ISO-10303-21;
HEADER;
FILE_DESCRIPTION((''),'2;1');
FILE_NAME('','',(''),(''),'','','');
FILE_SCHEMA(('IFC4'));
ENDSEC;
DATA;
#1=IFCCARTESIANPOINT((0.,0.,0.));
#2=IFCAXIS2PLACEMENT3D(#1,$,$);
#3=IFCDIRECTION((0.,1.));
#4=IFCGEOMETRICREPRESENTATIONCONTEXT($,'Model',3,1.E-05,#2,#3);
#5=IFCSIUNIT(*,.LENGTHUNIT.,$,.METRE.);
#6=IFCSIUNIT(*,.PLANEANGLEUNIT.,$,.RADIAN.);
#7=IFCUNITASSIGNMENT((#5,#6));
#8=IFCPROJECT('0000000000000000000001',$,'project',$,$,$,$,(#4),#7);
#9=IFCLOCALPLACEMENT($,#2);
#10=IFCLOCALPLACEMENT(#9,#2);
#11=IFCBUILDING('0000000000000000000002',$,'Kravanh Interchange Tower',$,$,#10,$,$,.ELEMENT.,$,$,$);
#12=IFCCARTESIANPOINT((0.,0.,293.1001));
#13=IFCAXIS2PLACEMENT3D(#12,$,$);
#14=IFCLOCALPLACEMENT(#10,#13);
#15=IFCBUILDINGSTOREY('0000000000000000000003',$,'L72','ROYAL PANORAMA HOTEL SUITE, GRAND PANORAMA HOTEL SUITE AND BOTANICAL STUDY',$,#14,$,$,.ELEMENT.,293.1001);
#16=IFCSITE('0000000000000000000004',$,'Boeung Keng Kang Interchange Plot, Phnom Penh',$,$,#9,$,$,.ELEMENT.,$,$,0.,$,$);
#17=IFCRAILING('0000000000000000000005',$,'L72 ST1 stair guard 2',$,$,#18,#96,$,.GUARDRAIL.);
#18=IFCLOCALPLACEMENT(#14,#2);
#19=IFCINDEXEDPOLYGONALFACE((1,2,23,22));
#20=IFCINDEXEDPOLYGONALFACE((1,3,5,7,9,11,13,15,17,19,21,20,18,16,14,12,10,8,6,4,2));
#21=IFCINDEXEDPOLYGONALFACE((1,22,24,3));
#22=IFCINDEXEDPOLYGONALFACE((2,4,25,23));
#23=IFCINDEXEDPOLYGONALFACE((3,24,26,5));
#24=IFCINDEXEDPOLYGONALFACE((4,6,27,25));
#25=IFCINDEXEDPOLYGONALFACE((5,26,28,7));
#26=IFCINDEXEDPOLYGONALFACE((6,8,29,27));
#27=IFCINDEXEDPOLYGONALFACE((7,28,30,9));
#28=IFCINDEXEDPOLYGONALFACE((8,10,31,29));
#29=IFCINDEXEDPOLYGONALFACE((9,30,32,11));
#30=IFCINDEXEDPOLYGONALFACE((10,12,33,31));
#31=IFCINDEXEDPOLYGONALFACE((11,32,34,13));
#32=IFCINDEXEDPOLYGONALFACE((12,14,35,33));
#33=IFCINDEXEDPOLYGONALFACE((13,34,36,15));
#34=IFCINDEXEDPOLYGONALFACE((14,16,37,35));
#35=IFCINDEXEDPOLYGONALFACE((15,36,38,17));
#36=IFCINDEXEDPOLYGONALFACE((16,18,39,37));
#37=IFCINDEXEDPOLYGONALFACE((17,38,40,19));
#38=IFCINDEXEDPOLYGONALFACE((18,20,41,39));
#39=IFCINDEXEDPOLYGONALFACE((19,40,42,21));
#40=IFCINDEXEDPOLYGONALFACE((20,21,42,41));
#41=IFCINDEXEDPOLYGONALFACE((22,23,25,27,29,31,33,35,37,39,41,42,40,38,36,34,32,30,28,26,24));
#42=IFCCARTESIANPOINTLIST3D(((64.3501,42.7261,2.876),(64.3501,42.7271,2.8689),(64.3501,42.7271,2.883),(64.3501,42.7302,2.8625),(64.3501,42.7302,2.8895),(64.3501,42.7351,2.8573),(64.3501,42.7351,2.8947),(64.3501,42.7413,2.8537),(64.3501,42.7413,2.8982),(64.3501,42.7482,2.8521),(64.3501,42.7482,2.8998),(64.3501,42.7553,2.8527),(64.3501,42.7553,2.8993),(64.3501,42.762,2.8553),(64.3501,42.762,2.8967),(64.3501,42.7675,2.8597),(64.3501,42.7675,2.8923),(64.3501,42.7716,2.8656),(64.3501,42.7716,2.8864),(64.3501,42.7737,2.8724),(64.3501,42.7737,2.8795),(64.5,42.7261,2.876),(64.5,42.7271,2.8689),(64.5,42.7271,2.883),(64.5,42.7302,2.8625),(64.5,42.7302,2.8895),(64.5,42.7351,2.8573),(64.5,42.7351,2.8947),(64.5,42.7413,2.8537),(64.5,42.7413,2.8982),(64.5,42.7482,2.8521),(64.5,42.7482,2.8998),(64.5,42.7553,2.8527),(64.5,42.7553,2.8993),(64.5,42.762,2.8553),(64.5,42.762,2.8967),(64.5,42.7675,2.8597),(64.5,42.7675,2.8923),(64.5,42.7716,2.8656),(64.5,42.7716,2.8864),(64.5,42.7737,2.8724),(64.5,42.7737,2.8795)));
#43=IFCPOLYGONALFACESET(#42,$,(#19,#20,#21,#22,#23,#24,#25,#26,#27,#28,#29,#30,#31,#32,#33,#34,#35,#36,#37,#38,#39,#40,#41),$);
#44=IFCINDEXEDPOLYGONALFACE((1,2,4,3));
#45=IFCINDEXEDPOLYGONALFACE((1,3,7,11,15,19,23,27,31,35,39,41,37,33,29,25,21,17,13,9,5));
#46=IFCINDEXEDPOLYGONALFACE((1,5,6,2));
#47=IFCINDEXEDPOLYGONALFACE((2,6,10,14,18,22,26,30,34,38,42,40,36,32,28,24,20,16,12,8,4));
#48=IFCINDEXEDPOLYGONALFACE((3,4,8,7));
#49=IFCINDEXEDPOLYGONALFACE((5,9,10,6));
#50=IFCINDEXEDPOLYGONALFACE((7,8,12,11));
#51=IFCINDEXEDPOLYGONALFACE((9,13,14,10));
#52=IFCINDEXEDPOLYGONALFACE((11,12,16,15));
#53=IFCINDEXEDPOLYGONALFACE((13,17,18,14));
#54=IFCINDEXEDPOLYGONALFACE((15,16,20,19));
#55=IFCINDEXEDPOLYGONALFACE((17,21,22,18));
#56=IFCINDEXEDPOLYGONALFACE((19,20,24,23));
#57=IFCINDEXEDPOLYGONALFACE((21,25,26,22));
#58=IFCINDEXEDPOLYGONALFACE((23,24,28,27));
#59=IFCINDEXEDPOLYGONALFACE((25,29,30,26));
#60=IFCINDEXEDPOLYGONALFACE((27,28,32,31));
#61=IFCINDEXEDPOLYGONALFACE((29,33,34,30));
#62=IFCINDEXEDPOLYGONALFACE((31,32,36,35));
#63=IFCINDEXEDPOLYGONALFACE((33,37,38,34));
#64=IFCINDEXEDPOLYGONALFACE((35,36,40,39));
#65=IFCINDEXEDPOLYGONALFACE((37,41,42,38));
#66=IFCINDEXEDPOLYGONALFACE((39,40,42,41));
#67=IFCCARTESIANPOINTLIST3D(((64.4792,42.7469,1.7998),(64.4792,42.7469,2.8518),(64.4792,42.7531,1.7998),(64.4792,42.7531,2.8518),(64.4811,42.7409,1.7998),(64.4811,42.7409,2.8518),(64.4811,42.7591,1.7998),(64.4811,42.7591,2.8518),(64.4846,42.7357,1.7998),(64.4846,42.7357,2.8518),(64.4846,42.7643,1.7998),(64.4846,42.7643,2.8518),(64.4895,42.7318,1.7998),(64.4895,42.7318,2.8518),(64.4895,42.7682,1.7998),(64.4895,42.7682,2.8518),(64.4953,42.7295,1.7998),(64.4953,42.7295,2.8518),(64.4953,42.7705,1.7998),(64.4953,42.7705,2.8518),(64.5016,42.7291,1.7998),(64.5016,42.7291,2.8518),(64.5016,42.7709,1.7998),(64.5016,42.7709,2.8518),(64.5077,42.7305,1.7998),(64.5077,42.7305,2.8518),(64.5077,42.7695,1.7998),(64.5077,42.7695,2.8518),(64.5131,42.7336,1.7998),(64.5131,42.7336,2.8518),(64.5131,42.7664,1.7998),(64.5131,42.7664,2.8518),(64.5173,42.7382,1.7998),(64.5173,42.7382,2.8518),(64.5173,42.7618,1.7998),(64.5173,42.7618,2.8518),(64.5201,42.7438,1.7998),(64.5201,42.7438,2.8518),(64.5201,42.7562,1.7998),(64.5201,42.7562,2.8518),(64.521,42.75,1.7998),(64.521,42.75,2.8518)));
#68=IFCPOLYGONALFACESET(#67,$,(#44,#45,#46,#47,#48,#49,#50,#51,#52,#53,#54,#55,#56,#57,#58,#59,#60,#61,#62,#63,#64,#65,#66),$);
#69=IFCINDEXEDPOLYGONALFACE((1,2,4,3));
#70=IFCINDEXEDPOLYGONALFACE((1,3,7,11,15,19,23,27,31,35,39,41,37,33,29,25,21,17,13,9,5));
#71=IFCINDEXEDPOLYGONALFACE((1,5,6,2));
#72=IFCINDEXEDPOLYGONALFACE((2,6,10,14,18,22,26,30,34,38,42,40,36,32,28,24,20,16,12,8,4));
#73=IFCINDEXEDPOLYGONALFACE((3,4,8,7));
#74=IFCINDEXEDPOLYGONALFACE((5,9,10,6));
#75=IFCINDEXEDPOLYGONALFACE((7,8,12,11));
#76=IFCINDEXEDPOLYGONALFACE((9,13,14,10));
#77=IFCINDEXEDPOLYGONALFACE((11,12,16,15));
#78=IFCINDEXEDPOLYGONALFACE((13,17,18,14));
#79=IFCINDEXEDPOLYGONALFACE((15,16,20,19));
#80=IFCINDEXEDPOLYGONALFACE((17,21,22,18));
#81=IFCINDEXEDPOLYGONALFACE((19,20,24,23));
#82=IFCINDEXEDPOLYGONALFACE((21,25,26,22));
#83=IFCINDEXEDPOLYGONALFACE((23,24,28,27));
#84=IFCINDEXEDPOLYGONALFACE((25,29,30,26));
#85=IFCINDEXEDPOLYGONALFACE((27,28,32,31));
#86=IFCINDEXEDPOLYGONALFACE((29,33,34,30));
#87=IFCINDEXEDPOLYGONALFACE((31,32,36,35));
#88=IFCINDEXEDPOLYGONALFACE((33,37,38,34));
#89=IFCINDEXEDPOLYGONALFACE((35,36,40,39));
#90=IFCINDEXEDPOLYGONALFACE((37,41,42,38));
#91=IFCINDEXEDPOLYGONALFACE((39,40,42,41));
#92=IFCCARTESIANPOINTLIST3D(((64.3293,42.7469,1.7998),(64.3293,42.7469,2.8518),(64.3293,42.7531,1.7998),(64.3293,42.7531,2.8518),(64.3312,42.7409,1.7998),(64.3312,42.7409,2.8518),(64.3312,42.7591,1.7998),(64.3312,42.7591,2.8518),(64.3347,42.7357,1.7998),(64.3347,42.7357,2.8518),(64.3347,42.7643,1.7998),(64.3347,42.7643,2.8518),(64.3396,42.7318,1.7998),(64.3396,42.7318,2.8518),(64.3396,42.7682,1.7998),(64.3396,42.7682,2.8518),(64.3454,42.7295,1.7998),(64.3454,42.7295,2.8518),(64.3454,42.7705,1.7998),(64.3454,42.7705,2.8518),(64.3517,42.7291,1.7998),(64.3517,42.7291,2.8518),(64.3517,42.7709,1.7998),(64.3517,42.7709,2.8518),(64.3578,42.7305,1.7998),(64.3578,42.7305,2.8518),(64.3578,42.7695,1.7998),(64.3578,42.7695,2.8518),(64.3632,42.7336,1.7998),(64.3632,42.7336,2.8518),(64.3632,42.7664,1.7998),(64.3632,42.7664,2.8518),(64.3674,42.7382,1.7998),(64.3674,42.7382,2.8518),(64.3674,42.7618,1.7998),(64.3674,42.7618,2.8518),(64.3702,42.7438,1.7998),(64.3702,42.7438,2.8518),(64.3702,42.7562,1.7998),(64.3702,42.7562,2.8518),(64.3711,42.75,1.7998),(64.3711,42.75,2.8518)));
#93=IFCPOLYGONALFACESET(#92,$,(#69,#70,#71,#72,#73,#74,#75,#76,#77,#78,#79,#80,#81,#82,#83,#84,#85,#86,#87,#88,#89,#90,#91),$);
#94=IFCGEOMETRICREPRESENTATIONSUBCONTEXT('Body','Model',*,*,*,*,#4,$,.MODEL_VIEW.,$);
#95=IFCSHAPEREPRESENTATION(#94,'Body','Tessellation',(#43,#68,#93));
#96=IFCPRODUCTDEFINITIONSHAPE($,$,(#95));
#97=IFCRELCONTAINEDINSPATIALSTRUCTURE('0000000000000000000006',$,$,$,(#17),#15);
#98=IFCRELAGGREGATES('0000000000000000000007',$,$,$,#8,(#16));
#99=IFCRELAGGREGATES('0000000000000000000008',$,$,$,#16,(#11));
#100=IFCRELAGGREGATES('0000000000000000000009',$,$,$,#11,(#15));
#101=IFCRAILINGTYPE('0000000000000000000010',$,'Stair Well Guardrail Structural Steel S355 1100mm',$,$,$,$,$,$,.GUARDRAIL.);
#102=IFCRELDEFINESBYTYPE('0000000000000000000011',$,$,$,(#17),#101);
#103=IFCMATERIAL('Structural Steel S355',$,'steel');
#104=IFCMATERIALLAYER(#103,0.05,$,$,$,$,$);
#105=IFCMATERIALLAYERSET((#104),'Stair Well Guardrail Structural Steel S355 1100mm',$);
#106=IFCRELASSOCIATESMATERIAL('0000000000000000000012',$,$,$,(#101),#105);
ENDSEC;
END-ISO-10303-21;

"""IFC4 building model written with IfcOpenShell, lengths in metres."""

from ifc_helpers import new_model, si_unit, direction, frame, origin, origin_2d, place, context, subcontext, project, spatial, circle, extrude, material, layer, layer_set, type_object, element, save


model = new_model("IFC4")

# Units and contexts
model_context = context("Model", 3, precision=1e-05, world=origin(), true_north=direction((0.0, 1.0)))
body_context = subcontext(model_context, "Body", "Model", "MODEL_VIEW")
ifc_project = project(units=[si_unit("LENGTHUNIT", "METRE"), si_unit("PLANEANGLEUNIT", "RADIAN")], contexts=[model_context])

# Site, building, storey
site_placement = place(None, origin())
site = spatial("IfcSite", under=ifc_project, at=site_placement, Name="Boeung Keng Kang Interchange Plot, Phnom Penh", CompositionType="ELEMENT", RefElevation=0.0)
building_placement = place(site_placement, origin())
building = spatial("IfcBuilding", under=site, at=building_placement, Name="Kravanh Interchange Tower", CompositionType="ELEMENT")
storey_placement = place(building_placement, frame((0.0, 0.0, 293.1001)))
storey = spatial("IfcBuildingStorey", under=building, at=storey_placement, Name="L72", Description="ROYAL PANORAMA HOTEL SUITE, GRAND PANORAMA HOTEL SUITE AND BOTANICAL STUDY", CompositionType="ELEMENT", Elevation=293.1001)

# Railing
ifc_material_1 = material(Name="Structural Steel S355", Category="steel")
ifc_layer_1 = layer(ifc_material_1, 0.05)
ifc_layer_set_1 = layer_set([ifc_layer_1], Name="Stair Well Guardrail Structural Steel S355 1100mm")
railing_type_1 = type_object("IfcRailingType", Name="Stair Well Guardrail Structural Steel S355 1100mm", PredefinedType="GUARDRAIL", material=ifc_layer_set_1)
railing_1_placement = place(storey_placement, frame((64.5, 42.75, 1.7998)))
element("IfcRailing", 1, at=railing_1_placement, inside=storey, type_object=railing_type_1, Name="L72 ST1 stair guard 2", PredefinedType="GUARDRAIL", context=body_context, shape_type="SweptSolid", body=[
    extrude(circle(Radius=0.0239, at=origin_2d()), frame((0.0, 0.0, 1.0762), z_axis=(-1.0, 0.0, 0.0), x_axis=(0.0, -1.0, 0.0)), (0.0, 0.0, 1.0), 0.1499),
    extrude(circle(Radius=0.021, at=origin_2d()), origin(), (0.0, 0.0, 1.0), 1.052),
    extrude(circle(Radius=0.021, at=origin_2d()), frame((-0.1499, 0.0, 0.0)), (0.0, 0.0, 1.0), 1.052),
])

save(model, "model.ifc")
